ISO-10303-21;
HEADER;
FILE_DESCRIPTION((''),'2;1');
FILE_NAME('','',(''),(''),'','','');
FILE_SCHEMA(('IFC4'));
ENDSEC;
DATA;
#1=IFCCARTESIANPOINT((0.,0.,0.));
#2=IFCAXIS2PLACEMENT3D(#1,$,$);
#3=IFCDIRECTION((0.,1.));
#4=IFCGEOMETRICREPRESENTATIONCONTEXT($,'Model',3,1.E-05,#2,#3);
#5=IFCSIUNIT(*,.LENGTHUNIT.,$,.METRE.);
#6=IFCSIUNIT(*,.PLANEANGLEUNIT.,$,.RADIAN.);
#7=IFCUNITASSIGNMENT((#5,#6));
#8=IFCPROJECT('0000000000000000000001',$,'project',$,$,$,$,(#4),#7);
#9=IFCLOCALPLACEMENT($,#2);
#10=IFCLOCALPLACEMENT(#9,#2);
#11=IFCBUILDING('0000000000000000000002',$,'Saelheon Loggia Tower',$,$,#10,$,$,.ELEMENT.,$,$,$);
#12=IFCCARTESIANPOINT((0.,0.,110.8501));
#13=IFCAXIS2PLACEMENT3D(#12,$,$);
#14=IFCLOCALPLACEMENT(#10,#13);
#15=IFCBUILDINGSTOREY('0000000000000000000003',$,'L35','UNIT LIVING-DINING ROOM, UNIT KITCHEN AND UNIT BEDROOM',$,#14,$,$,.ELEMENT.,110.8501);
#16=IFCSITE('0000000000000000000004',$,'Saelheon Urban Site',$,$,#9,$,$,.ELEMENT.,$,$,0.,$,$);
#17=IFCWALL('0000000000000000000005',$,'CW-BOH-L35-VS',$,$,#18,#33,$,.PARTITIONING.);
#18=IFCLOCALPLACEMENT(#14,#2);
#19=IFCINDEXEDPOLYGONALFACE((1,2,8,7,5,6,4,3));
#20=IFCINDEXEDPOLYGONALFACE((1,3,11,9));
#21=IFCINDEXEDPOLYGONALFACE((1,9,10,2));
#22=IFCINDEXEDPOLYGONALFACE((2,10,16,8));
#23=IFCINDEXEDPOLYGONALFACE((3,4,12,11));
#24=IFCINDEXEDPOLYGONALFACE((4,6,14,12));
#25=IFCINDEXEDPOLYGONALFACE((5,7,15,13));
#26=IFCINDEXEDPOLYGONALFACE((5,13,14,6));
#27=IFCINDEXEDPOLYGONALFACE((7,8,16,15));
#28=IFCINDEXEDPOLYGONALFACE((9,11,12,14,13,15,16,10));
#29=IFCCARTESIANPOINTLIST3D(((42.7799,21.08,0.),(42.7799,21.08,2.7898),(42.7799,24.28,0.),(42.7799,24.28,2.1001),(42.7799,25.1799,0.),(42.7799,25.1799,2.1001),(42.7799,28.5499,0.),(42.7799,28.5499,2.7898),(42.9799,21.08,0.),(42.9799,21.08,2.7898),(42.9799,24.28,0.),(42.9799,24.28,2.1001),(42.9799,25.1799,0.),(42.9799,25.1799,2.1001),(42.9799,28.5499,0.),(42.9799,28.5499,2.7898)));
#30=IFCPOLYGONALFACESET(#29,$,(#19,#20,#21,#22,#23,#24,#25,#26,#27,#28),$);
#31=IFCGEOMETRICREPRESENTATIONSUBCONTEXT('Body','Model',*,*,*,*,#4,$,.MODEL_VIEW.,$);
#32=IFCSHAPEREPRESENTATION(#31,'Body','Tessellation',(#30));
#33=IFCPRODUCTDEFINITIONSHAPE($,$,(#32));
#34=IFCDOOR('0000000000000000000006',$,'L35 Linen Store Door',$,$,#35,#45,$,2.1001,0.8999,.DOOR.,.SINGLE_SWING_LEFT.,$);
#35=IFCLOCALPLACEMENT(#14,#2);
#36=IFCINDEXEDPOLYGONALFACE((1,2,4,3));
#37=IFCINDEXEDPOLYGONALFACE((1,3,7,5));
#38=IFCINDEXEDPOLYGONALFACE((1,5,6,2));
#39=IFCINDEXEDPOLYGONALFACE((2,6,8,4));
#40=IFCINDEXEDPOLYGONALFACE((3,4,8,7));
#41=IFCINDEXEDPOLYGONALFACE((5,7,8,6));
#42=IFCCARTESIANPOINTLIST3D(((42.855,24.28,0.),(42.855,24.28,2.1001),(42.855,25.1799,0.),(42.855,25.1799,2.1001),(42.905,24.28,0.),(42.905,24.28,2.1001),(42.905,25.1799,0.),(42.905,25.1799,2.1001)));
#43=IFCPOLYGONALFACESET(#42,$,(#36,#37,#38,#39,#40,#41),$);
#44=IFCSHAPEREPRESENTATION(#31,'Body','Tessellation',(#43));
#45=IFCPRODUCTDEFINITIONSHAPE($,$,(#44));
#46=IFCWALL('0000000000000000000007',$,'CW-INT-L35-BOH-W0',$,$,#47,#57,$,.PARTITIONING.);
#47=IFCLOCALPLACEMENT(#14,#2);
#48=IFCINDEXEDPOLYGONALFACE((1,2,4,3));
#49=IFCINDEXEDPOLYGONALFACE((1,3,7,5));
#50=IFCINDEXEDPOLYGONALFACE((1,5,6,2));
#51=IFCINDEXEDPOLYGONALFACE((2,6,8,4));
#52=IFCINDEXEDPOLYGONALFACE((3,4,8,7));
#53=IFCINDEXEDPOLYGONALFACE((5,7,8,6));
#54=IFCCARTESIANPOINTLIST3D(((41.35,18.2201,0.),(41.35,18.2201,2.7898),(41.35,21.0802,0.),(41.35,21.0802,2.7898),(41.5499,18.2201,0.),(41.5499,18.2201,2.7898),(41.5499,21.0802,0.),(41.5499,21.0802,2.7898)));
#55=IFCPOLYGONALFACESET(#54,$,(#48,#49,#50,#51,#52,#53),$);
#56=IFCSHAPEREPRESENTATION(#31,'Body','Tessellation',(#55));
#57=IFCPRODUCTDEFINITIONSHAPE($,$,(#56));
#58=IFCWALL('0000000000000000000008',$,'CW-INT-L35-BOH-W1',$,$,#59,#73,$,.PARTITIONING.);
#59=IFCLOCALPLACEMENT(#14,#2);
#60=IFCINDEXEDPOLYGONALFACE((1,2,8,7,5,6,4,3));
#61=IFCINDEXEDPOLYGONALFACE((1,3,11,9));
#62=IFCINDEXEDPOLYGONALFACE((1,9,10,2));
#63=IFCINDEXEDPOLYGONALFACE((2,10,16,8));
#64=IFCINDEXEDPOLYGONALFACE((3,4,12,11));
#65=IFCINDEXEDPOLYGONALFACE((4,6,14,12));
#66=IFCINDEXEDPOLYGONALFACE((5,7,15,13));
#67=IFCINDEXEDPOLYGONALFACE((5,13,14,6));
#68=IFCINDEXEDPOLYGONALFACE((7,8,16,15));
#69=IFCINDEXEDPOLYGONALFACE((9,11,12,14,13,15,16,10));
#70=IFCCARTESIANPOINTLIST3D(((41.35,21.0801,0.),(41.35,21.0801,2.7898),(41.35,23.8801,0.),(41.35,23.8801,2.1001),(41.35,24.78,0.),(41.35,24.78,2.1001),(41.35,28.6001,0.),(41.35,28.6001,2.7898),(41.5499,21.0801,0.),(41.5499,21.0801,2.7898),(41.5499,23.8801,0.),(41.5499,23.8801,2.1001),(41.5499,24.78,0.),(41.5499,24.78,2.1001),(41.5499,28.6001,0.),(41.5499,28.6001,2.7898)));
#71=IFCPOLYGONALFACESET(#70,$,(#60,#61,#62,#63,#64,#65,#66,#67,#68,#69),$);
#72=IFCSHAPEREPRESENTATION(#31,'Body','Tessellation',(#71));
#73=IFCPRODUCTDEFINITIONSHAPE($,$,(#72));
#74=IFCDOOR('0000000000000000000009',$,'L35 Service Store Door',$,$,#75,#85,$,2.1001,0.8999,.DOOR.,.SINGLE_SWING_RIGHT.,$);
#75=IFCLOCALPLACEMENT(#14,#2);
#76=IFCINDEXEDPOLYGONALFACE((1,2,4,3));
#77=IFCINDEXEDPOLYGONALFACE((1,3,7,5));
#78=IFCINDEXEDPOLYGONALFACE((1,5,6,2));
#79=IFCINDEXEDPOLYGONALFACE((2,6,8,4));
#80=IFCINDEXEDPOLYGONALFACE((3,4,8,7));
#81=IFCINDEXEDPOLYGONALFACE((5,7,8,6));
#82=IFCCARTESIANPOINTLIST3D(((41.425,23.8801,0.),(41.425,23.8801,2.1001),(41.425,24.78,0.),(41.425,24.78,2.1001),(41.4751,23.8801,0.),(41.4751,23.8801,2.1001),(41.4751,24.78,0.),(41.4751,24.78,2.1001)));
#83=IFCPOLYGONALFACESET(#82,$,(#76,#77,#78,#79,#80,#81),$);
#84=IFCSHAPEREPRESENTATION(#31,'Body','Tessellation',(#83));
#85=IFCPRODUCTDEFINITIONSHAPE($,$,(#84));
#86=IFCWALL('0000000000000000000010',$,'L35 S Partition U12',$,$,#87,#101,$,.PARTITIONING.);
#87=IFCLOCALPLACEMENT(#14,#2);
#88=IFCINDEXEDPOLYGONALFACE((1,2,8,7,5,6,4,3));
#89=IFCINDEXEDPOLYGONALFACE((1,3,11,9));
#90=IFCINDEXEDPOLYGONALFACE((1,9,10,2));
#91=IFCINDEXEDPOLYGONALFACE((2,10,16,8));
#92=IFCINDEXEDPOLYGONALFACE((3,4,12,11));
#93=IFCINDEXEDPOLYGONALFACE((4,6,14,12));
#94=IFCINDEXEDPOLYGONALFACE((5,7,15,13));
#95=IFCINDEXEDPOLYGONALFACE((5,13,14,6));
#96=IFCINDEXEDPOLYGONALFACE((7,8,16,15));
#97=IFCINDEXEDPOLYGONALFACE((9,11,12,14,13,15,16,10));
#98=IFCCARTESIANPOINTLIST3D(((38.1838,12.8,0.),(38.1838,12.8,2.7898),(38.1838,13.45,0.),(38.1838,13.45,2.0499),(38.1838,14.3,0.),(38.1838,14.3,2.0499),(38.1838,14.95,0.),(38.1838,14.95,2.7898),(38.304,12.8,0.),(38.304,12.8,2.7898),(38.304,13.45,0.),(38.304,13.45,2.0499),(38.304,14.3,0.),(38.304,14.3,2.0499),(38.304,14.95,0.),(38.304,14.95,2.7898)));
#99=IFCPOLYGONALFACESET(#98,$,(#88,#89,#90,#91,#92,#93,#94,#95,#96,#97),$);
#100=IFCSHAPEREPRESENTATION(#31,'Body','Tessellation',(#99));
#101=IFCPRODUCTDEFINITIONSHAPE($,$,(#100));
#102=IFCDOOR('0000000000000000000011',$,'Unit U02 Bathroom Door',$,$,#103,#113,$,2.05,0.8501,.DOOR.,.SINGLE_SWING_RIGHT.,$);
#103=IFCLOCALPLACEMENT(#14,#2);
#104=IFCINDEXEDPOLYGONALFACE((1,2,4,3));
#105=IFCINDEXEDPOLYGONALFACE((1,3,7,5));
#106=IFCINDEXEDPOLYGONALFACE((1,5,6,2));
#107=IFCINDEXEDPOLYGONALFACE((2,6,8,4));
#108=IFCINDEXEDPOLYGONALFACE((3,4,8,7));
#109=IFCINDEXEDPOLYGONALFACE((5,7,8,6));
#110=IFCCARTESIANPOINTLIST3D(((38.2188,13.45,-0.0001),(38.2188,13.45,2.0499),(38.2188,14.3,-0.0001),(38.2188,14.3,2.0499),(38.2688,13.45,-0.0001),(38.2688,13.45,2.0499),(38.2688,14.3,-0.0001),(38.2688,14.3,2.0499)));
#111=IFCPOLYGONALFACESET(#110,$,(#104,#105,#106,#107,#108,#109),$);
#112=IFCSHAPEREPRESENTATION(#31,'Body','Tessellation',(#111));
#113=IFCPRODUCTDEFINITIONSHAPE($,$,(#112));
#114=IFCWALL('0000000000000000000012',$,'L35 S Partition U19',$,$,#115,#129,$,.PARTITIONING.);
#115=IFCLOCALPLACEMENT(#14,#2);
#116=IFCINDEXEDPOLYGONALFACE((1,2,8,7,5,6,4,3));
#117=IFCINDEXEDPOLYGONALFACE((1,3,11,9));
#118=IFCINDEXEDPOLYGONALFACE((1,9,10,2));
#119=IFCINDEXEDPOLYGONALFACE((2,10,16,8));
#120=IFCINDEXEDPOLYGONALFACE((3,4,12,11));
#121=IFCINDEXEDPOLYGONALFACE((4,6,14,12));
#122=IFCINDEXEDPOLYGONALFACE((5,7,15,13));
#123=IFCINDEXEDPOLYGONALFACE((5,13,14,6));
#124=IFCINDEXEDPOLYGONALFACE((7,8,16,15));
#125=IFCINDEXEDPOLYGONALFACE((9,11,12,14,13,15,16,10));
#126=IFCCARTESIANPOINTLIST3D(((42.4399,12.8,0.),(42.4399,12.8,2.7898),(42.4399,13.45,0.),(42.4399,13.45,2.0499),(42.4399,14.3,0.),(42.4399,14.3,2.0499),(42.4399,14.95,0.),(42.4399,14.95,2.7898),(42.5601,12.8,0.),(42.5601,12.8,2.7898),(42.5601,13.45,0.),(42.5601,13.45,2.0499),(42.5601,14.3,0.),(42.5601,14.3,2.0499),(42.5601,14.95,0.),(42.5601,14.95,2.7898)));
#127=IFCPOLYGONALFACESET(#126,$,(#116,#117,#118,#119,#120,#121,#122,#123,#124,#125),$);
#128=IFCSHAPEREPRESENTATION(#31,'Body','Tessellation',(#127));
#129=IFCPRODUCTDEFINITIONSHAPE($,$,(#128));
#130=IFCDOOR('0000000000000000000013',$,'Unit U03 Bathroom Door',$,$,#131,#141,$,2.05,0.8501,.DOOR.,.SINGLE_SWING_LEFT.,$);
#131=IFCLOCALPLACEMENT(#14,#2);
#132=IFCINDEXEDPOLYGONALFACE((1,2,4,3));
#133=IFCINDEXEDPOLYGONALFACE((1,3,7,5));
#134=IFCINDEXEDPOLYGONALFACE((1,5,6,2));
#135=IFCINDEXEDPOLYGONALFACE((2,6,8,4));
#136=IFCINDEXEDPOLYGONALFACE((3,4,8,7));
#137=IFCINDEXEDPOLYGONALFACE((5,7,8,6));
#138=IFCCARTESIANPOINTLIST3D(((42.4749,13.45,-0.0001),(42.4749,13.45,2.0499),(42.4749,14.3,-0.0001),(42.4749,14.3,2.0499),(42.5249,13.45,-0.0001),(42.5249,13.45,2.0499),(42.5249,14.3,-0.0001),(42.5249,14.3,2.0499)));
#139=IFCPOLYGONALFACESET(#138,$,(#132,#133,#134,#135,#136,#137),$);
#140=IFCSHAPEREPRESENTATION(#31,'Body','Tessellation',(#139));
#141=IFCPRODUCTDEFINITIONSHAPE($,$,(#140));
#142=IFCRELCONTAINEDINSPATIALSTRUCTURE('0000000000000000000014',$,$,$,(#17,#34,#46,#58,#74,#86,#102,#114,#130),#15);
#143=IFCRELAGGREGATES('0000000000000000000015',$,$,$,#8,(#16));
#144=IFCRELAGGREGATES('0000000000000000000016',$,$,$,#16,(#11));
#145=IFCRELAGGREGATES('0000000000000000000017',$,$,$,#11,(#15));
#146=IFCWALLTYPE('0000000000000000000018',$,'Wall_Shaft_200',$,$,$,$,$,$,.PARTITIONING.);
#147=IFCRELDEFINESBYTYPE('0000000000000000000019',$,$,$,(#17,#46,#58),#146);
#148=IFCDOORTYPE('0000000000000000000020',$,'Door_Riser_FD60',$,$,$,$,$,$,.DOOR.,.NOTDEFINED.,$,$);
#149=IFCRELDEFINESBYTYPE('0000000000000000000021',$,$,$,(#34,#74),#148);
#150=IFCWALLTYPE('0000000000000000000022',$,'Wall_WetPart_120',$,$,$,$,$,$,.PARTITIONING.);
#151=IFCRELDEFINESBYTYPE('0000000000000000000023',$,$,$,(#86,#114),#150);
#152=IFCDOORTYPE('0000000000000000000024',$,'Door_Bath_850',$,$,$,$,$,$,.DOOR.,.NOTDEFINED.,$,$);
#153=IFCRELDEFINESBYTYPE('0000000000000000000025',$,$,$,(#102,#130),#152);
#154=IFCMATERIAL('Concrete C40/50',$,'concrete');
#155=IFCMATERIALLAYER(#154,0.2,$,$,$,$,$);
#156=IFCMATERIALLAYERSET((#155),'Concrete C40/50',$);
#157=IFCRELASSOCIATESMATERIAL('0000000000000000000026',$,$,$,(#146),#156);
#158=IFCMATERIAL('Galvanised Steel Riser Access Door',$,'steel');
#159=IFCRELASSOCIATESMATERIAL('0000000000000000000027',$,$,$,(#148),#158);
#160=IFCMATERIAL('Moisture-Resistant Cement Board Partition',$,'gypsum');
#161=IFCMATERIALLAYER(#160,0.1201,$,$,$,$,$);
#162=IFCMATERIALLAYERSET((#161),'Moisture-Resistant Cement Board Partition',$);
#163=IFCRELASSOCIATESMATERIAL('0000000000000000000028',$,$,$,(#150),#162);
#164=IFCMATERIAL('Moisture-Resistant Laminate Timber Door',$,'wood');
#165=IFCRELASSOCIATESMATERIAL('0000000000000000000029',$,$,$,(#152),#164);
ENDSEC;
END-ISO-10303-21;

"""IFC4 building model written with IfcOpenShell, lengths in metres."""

from ifc_helpers import new_model, si_unit, direction, frame, frame_2d, origin, place, context, subcontext, project, spatial, rectangle, extrude, source, transform, mapped, material, layer, layer_set, type_object, element, fill, save


model = new_model("IFC4")

# Units and contexts
model_context = context("Model", 3, precision=1e-05, world=origin(), true_north=direction((0.0, 1.0)))
body_context = subcontext(model_context, "Body", "Model", "MODEL_VIEW")
ifc_project = project(units=[si_unit("LENGTHUNIT", "METRE"), si_unit("PLANEANGLEUNIT", "RADIAN")], contexts=[model_context])

# Site, building, storey
site_placement = place(None, origin())
site = spatial("IfcSite", under=ifc_project, at=site_placement, Name="Saelheon Urban Site", CompositionType="ELEMENT", RefElevation=0.0)
building_placement = place(site_placement, origin())
building = spatial("IfcBuilding", under=site, at=building_placement, Name="Saelheon Loggia Tower", CompositionType="ELEMENT")
storey_placement = place(building_placement, frame((0.0, 0.0, 110.8501)))
storey = spatial("IfcBuildingStorey", under=building, at=storey_placement, Name="L35", Description="UNIT LIVING-DINING ROOM, UNIT KITCHEN AND UNIT BEDROOM", CompositionType="ELEMENT", Elevation=110.8501)

# Shared definitions
ifc_material_1 = material(Name="Concrete C40/50", Category="concrete")

# Shared definitions
ifc_layer_1 = layer(ifc_material_1, 0.2)
ifc_layer_set_1 = layer_set([ifc_layer_1], Name="Concrete C40/50")
wall_type_1 = type_object("IfcWallType", Name="Wall_Shaft_200", PredefinedType="PARTITIONING", material=ifc_layer_set_1)

# Wall, opening, door
wall_1_placement = place(storey_placement, frame((42.8799, 21.0801, 0.0), z_axis=(0.0, 0.0, 1.0), x_axis=(0.0, 1.0, 0.0)))
wall_1 = element("IfcWall", 1, at=wall_1_placement, inside=storey, type_object=wall_type_1, Name="CW-BOH-L35-VS", PredefinedType="PARTITIONING", context=body_context, shape_type="SweptSolid", body=[
    extrude(rectangle(XDim=7.47, YDim=0.2, at=frame_2d((3.7349, 0.0))), origin(), (0.0, 0.0, 1.0), 2.7898),
])
opening_1_placement = place(wall_1_placement, frame((3.2, 0.0, 0.0)))
opening_1 = element("IfcOpeningElement", 2, at=opening_1_placement, cuts=wall_1, PredefinedType="OPENING", context=body_context, shape_type="SweptSolid", body=[
    extrude(rectangle(XDim=0.8999, YDim=2.1001, at=frame_2d((0.45, 1.05))), frame((0.0, 0.1121, 0.0), z_axis=(0.0, -1.0, 0.0), x_axis=(1.0, 0.0, 0.0)), (0.0, 0.0, 1.0), 0.2239),
])
ifc_material_2 = material(Name="Galvanised Steel Riser Access Door", Category="steel")
door_type_1 = type_object("IfcDoorType", Name="Door_Riser_FD60", OperationType="NOTDEFINED", PredefinedType="DOOR", material=ifc_material_2)
shared_shape_1 = source(origin(), body_context, "Body", "SweptSolid", [
    extrude(rectangle(XDim=0.8999, YDim=2.1001, at=frame_2d((0.45, 1.05))), frame((0.0, 0.0249, 0.0), z_axis=(0.0, -1.0, 0.0), x_axis=(1.0, 0.0, 0.0)), (0.0, 0.0, 1.0), 0.05),
])
door_1_placement = place(opening_1_placement, origin())
door_1 = element("IfcDoor", 3, at=door_1_placement, inside=storey, type_object=door_type_1, Name="L35 Linen Store Door", OperationType="SINGLE_SWING_LEFT", OverallHeight=2.1001, OverallWidth=0.8999, PredefinedType="DOOR", context=body_context, shape_type="MappedRepresentation", body=[
    mapped(shared_shape_1, transform((0.0, 0.0, 0.0), scale=1.0)),
])
fill(opening_1, door_1)

# Wall
wall_2_placement = place(storey_placement, frame((41.45, 18.22, 0.0), z_axis=(0.0, 0.0, 1.0), x_axis=(0.0, 1.0, 0.0)))
element("IfcWall", 4, at=wall_2_placement, inside=storey, type_object=wall_type_1, Name="CW-INT-L35-BOH-W0", PredefinedType="PARTITIONING", context=body_context, shape_type="SweptSolid", body=[
    extrude(rectangle(XDim=2.8601, YDim=0.2, at=frame_2d((1.4302, 0.0))), origin(), (0.0, 0.0, 1.0), 2.7898),
])

# Walls, openings, doors
wall_3_placement = place(storey_placement, frame((41.45, 21.0801, 0.0), z_axis=(0.0, 0.0, 1.0), x_axis=(0.0, 1.0, 0.0)))
wall_3 = element("IfcWall", 5, at=wall_3_placement, inside=storey, type_object=wall_type_1, Name="CW-INT-L35-BOH-W1", PredefinedType="PARTITIONING", context=body_context, shape_type="SweptSolid", body=[
    extrude(rectangle(XDim=7.52, YDim=0.2, at=frame_2d((3.76, 0.0))), origin(), (0.0, 0.0, 1.0), 2.7898),
])
opening_2_placement = place(wall_3_placement, frame((2.8, 0.0, 0.0)))
opening_2 = element("IfcOpeningElement", 6, at=opening_2_placement, cuts=wall_3, PredefinedType="OPENING", context=body_context, shape_type="SweptSolid", body=[
    extrude(rectangle(XDim=0.8999, YDim=2.1001, at=frame_2d((0.45, 1.05))), frame((0.0, 0.1121, 0.0), z_axis=(0.0, -1.0, 0.0), x_axis=(1.0, 0.0, 0.0)), (0.0, 0.0, 1.0), 0.2239),
])
door_2_placement = place(opening_2_placement, origin())
door_2 = element("IfcDoor", 7, at=door_2_placement, inside=storey, type_object=door_type_1, Name="L35 Service Store Door", OperationType="SINGLE_SWING_RIGHT", OverallHeight=2.1001, OverallWidth=0.8999, PredefinedType="DOOR", context=body_context, shape_type="MappedRepresentation", body=[
    mapped(shared_shape_1, transform((0.0, 0.0, 0.0), scale=1.0)),
])
fill(opening_2, door_2)
ifc_material_3 = material(Name="Moisture-Resistant Cement Board Partition", Category="gypsum")
ifc_layer_2 = layer(ifc_material_3, 0.1201)
ifc_layer_set_2 = layer_set([ifc_layer_2], Name="Moisture-Resistant Cement Board Partition")
wall_type_2 = type_object("IfcWallType", Name="Wall_WetPart_120", PredefinedType="PARTITIONING", material=ifc_layer_set_2)
wall_4_placement = place(storey_placement, frame((38.2439, 14.95, 0.0), z_axis=(0.0, 0.0, 1.0), x_axis=(0.0, -1.0, 0.0)))
wall_4 = element("IfcWall", 8, at=wall_4_placement, inside=storey, type_object=wall_type_2, Name="L35 S Partition U12", PredefinedType="PARTITIONING", context=body_context, shape_type="SweptSolid", body=[
    extrude(rectangle(XDim=2.1499, YDim=0.1201, at=frame_2d((1.075, 0.0))), origin(), (0.0, 0.0, 1.0), 2.7898),
])
opening_3_placement = place(wall_4_placement, frame((0.6499, 0.0, 0.0)))
opening_3 = element("IfcOpeningElement", 9, at=opening_3_placement, cuts=wall_4, PredefinedType="OPENING", context=body_context, shape_type="SweptSolid", body=[
    extrude(rectangle(XDim=0.8501, YDim=2.05, at=frame_2d((0.425, 1.0249))), frame((0.0, 0.072, 0.0), z_axis=(0.0, -1.0, 0.0), x_axis=(1.0, 0.0, 0.0)), (0.0, 0.0, 1.0), 0.144),
])
ifc_material_4 = material(Name="Moisture-Resistant Laminate Timber Door", Category="wood")
door_type_2 = type_object("IfcDoorType", Name="Door_Bath_850", OperationType="NOTDEFINED", PredefinedType="DOOR", material=ifc_material_4)
shared_shape_2 = source(origin(), body_context, "Body", "SweptSolid", [
    extrude(rectangle(XDim=0.8501, YDim=2.05, at=frame_2d((0.425, 1.0249))), frame((0.0, 0.0249, 0.0), z_axis=(0.0, -1.0, 0.0), x_axis=(1.0, 0.0, 0.0)), (0.0, 0.0, 1.0), 0.05),
])
door_3_placement = place(opening_3_placement, origin())
door_3 = element("IfcDoor", 10, at=door_3_placement, inside=storey, type_object=door_type_2, Name="Unit U02 Bathroom Door", OperationType="SINGLE_SWING_RIGHT", OverallHeight=2.05, OverallWidth=0.8501, PredefinedType="DOOR", context=body_context, shape_type="MappedRepresentation", body=[
    mapped(shared_shape_2, transform((0.0, 0.0, 0.0), scale=1.0)),
])
fill(opening_3, door_3)
wall_5_placement = place(storey_placement, frame((42.5, 14.95, 0.0), z_axis=(0.0, 0.0, 1.0), x_axis=(0.0, -1.0, 0.0)))
wall_5 = element("IfcWall", 11, at=wall_5_placement, inside=storey, type_object=wall_type_2, Name="L35 S Partition U19", PredefinedType="PARTITIONING", context=body_context, shape_type="SweptSolid", body=[
    extrude(rectangle(XDim=2.1499, YDim=0.1201, at=frame_2d((1.075, 0.0))), origin(), (0.0, 0.0, 1.0), 2.7898),
])
opening_4_placement = place(wall_5_placement, frame((0.6499, 0.0, 0.0)))
opening_4 = element("IfcOpeningElement", 12, at=opening_4_placement, cuts=wall_5, PredefinedType="OPENING", context=body_context, shape_type="SweptSolid", body=[
    extrude(rectangle(XDim=0.8501, YDim=2.05, at=frame_2d((0.425, 1.0249))), frame((0.0, 0.072, 0.0), z_axis=(0.0, -1.0, 0.0), x_axis=(1.0, 0.0, 0.0)), (0.0, 0.0, 1.0), 0.144),
])
door_4_placement = place(opening_4_placement, origin())
door_4 = element("IfcDoor", 13, at=door_4_placement, inside=storey, type_object=door_type_2, Name="Unit U03 Bathroom Door", OperationType="SINGLE_SWING_LEFT", OverallHeight=2.05, OverallWidth=0.8501, PredefinedType="DOOR", context=body_context, shape_type="MappedRepresentation", body=[
    mapped(shared_shape_2, transform((0.0, 0.0, 0.0), scale=1.0)),
])
fill(opening_4, door_4)

save(model, "model.ifc")
